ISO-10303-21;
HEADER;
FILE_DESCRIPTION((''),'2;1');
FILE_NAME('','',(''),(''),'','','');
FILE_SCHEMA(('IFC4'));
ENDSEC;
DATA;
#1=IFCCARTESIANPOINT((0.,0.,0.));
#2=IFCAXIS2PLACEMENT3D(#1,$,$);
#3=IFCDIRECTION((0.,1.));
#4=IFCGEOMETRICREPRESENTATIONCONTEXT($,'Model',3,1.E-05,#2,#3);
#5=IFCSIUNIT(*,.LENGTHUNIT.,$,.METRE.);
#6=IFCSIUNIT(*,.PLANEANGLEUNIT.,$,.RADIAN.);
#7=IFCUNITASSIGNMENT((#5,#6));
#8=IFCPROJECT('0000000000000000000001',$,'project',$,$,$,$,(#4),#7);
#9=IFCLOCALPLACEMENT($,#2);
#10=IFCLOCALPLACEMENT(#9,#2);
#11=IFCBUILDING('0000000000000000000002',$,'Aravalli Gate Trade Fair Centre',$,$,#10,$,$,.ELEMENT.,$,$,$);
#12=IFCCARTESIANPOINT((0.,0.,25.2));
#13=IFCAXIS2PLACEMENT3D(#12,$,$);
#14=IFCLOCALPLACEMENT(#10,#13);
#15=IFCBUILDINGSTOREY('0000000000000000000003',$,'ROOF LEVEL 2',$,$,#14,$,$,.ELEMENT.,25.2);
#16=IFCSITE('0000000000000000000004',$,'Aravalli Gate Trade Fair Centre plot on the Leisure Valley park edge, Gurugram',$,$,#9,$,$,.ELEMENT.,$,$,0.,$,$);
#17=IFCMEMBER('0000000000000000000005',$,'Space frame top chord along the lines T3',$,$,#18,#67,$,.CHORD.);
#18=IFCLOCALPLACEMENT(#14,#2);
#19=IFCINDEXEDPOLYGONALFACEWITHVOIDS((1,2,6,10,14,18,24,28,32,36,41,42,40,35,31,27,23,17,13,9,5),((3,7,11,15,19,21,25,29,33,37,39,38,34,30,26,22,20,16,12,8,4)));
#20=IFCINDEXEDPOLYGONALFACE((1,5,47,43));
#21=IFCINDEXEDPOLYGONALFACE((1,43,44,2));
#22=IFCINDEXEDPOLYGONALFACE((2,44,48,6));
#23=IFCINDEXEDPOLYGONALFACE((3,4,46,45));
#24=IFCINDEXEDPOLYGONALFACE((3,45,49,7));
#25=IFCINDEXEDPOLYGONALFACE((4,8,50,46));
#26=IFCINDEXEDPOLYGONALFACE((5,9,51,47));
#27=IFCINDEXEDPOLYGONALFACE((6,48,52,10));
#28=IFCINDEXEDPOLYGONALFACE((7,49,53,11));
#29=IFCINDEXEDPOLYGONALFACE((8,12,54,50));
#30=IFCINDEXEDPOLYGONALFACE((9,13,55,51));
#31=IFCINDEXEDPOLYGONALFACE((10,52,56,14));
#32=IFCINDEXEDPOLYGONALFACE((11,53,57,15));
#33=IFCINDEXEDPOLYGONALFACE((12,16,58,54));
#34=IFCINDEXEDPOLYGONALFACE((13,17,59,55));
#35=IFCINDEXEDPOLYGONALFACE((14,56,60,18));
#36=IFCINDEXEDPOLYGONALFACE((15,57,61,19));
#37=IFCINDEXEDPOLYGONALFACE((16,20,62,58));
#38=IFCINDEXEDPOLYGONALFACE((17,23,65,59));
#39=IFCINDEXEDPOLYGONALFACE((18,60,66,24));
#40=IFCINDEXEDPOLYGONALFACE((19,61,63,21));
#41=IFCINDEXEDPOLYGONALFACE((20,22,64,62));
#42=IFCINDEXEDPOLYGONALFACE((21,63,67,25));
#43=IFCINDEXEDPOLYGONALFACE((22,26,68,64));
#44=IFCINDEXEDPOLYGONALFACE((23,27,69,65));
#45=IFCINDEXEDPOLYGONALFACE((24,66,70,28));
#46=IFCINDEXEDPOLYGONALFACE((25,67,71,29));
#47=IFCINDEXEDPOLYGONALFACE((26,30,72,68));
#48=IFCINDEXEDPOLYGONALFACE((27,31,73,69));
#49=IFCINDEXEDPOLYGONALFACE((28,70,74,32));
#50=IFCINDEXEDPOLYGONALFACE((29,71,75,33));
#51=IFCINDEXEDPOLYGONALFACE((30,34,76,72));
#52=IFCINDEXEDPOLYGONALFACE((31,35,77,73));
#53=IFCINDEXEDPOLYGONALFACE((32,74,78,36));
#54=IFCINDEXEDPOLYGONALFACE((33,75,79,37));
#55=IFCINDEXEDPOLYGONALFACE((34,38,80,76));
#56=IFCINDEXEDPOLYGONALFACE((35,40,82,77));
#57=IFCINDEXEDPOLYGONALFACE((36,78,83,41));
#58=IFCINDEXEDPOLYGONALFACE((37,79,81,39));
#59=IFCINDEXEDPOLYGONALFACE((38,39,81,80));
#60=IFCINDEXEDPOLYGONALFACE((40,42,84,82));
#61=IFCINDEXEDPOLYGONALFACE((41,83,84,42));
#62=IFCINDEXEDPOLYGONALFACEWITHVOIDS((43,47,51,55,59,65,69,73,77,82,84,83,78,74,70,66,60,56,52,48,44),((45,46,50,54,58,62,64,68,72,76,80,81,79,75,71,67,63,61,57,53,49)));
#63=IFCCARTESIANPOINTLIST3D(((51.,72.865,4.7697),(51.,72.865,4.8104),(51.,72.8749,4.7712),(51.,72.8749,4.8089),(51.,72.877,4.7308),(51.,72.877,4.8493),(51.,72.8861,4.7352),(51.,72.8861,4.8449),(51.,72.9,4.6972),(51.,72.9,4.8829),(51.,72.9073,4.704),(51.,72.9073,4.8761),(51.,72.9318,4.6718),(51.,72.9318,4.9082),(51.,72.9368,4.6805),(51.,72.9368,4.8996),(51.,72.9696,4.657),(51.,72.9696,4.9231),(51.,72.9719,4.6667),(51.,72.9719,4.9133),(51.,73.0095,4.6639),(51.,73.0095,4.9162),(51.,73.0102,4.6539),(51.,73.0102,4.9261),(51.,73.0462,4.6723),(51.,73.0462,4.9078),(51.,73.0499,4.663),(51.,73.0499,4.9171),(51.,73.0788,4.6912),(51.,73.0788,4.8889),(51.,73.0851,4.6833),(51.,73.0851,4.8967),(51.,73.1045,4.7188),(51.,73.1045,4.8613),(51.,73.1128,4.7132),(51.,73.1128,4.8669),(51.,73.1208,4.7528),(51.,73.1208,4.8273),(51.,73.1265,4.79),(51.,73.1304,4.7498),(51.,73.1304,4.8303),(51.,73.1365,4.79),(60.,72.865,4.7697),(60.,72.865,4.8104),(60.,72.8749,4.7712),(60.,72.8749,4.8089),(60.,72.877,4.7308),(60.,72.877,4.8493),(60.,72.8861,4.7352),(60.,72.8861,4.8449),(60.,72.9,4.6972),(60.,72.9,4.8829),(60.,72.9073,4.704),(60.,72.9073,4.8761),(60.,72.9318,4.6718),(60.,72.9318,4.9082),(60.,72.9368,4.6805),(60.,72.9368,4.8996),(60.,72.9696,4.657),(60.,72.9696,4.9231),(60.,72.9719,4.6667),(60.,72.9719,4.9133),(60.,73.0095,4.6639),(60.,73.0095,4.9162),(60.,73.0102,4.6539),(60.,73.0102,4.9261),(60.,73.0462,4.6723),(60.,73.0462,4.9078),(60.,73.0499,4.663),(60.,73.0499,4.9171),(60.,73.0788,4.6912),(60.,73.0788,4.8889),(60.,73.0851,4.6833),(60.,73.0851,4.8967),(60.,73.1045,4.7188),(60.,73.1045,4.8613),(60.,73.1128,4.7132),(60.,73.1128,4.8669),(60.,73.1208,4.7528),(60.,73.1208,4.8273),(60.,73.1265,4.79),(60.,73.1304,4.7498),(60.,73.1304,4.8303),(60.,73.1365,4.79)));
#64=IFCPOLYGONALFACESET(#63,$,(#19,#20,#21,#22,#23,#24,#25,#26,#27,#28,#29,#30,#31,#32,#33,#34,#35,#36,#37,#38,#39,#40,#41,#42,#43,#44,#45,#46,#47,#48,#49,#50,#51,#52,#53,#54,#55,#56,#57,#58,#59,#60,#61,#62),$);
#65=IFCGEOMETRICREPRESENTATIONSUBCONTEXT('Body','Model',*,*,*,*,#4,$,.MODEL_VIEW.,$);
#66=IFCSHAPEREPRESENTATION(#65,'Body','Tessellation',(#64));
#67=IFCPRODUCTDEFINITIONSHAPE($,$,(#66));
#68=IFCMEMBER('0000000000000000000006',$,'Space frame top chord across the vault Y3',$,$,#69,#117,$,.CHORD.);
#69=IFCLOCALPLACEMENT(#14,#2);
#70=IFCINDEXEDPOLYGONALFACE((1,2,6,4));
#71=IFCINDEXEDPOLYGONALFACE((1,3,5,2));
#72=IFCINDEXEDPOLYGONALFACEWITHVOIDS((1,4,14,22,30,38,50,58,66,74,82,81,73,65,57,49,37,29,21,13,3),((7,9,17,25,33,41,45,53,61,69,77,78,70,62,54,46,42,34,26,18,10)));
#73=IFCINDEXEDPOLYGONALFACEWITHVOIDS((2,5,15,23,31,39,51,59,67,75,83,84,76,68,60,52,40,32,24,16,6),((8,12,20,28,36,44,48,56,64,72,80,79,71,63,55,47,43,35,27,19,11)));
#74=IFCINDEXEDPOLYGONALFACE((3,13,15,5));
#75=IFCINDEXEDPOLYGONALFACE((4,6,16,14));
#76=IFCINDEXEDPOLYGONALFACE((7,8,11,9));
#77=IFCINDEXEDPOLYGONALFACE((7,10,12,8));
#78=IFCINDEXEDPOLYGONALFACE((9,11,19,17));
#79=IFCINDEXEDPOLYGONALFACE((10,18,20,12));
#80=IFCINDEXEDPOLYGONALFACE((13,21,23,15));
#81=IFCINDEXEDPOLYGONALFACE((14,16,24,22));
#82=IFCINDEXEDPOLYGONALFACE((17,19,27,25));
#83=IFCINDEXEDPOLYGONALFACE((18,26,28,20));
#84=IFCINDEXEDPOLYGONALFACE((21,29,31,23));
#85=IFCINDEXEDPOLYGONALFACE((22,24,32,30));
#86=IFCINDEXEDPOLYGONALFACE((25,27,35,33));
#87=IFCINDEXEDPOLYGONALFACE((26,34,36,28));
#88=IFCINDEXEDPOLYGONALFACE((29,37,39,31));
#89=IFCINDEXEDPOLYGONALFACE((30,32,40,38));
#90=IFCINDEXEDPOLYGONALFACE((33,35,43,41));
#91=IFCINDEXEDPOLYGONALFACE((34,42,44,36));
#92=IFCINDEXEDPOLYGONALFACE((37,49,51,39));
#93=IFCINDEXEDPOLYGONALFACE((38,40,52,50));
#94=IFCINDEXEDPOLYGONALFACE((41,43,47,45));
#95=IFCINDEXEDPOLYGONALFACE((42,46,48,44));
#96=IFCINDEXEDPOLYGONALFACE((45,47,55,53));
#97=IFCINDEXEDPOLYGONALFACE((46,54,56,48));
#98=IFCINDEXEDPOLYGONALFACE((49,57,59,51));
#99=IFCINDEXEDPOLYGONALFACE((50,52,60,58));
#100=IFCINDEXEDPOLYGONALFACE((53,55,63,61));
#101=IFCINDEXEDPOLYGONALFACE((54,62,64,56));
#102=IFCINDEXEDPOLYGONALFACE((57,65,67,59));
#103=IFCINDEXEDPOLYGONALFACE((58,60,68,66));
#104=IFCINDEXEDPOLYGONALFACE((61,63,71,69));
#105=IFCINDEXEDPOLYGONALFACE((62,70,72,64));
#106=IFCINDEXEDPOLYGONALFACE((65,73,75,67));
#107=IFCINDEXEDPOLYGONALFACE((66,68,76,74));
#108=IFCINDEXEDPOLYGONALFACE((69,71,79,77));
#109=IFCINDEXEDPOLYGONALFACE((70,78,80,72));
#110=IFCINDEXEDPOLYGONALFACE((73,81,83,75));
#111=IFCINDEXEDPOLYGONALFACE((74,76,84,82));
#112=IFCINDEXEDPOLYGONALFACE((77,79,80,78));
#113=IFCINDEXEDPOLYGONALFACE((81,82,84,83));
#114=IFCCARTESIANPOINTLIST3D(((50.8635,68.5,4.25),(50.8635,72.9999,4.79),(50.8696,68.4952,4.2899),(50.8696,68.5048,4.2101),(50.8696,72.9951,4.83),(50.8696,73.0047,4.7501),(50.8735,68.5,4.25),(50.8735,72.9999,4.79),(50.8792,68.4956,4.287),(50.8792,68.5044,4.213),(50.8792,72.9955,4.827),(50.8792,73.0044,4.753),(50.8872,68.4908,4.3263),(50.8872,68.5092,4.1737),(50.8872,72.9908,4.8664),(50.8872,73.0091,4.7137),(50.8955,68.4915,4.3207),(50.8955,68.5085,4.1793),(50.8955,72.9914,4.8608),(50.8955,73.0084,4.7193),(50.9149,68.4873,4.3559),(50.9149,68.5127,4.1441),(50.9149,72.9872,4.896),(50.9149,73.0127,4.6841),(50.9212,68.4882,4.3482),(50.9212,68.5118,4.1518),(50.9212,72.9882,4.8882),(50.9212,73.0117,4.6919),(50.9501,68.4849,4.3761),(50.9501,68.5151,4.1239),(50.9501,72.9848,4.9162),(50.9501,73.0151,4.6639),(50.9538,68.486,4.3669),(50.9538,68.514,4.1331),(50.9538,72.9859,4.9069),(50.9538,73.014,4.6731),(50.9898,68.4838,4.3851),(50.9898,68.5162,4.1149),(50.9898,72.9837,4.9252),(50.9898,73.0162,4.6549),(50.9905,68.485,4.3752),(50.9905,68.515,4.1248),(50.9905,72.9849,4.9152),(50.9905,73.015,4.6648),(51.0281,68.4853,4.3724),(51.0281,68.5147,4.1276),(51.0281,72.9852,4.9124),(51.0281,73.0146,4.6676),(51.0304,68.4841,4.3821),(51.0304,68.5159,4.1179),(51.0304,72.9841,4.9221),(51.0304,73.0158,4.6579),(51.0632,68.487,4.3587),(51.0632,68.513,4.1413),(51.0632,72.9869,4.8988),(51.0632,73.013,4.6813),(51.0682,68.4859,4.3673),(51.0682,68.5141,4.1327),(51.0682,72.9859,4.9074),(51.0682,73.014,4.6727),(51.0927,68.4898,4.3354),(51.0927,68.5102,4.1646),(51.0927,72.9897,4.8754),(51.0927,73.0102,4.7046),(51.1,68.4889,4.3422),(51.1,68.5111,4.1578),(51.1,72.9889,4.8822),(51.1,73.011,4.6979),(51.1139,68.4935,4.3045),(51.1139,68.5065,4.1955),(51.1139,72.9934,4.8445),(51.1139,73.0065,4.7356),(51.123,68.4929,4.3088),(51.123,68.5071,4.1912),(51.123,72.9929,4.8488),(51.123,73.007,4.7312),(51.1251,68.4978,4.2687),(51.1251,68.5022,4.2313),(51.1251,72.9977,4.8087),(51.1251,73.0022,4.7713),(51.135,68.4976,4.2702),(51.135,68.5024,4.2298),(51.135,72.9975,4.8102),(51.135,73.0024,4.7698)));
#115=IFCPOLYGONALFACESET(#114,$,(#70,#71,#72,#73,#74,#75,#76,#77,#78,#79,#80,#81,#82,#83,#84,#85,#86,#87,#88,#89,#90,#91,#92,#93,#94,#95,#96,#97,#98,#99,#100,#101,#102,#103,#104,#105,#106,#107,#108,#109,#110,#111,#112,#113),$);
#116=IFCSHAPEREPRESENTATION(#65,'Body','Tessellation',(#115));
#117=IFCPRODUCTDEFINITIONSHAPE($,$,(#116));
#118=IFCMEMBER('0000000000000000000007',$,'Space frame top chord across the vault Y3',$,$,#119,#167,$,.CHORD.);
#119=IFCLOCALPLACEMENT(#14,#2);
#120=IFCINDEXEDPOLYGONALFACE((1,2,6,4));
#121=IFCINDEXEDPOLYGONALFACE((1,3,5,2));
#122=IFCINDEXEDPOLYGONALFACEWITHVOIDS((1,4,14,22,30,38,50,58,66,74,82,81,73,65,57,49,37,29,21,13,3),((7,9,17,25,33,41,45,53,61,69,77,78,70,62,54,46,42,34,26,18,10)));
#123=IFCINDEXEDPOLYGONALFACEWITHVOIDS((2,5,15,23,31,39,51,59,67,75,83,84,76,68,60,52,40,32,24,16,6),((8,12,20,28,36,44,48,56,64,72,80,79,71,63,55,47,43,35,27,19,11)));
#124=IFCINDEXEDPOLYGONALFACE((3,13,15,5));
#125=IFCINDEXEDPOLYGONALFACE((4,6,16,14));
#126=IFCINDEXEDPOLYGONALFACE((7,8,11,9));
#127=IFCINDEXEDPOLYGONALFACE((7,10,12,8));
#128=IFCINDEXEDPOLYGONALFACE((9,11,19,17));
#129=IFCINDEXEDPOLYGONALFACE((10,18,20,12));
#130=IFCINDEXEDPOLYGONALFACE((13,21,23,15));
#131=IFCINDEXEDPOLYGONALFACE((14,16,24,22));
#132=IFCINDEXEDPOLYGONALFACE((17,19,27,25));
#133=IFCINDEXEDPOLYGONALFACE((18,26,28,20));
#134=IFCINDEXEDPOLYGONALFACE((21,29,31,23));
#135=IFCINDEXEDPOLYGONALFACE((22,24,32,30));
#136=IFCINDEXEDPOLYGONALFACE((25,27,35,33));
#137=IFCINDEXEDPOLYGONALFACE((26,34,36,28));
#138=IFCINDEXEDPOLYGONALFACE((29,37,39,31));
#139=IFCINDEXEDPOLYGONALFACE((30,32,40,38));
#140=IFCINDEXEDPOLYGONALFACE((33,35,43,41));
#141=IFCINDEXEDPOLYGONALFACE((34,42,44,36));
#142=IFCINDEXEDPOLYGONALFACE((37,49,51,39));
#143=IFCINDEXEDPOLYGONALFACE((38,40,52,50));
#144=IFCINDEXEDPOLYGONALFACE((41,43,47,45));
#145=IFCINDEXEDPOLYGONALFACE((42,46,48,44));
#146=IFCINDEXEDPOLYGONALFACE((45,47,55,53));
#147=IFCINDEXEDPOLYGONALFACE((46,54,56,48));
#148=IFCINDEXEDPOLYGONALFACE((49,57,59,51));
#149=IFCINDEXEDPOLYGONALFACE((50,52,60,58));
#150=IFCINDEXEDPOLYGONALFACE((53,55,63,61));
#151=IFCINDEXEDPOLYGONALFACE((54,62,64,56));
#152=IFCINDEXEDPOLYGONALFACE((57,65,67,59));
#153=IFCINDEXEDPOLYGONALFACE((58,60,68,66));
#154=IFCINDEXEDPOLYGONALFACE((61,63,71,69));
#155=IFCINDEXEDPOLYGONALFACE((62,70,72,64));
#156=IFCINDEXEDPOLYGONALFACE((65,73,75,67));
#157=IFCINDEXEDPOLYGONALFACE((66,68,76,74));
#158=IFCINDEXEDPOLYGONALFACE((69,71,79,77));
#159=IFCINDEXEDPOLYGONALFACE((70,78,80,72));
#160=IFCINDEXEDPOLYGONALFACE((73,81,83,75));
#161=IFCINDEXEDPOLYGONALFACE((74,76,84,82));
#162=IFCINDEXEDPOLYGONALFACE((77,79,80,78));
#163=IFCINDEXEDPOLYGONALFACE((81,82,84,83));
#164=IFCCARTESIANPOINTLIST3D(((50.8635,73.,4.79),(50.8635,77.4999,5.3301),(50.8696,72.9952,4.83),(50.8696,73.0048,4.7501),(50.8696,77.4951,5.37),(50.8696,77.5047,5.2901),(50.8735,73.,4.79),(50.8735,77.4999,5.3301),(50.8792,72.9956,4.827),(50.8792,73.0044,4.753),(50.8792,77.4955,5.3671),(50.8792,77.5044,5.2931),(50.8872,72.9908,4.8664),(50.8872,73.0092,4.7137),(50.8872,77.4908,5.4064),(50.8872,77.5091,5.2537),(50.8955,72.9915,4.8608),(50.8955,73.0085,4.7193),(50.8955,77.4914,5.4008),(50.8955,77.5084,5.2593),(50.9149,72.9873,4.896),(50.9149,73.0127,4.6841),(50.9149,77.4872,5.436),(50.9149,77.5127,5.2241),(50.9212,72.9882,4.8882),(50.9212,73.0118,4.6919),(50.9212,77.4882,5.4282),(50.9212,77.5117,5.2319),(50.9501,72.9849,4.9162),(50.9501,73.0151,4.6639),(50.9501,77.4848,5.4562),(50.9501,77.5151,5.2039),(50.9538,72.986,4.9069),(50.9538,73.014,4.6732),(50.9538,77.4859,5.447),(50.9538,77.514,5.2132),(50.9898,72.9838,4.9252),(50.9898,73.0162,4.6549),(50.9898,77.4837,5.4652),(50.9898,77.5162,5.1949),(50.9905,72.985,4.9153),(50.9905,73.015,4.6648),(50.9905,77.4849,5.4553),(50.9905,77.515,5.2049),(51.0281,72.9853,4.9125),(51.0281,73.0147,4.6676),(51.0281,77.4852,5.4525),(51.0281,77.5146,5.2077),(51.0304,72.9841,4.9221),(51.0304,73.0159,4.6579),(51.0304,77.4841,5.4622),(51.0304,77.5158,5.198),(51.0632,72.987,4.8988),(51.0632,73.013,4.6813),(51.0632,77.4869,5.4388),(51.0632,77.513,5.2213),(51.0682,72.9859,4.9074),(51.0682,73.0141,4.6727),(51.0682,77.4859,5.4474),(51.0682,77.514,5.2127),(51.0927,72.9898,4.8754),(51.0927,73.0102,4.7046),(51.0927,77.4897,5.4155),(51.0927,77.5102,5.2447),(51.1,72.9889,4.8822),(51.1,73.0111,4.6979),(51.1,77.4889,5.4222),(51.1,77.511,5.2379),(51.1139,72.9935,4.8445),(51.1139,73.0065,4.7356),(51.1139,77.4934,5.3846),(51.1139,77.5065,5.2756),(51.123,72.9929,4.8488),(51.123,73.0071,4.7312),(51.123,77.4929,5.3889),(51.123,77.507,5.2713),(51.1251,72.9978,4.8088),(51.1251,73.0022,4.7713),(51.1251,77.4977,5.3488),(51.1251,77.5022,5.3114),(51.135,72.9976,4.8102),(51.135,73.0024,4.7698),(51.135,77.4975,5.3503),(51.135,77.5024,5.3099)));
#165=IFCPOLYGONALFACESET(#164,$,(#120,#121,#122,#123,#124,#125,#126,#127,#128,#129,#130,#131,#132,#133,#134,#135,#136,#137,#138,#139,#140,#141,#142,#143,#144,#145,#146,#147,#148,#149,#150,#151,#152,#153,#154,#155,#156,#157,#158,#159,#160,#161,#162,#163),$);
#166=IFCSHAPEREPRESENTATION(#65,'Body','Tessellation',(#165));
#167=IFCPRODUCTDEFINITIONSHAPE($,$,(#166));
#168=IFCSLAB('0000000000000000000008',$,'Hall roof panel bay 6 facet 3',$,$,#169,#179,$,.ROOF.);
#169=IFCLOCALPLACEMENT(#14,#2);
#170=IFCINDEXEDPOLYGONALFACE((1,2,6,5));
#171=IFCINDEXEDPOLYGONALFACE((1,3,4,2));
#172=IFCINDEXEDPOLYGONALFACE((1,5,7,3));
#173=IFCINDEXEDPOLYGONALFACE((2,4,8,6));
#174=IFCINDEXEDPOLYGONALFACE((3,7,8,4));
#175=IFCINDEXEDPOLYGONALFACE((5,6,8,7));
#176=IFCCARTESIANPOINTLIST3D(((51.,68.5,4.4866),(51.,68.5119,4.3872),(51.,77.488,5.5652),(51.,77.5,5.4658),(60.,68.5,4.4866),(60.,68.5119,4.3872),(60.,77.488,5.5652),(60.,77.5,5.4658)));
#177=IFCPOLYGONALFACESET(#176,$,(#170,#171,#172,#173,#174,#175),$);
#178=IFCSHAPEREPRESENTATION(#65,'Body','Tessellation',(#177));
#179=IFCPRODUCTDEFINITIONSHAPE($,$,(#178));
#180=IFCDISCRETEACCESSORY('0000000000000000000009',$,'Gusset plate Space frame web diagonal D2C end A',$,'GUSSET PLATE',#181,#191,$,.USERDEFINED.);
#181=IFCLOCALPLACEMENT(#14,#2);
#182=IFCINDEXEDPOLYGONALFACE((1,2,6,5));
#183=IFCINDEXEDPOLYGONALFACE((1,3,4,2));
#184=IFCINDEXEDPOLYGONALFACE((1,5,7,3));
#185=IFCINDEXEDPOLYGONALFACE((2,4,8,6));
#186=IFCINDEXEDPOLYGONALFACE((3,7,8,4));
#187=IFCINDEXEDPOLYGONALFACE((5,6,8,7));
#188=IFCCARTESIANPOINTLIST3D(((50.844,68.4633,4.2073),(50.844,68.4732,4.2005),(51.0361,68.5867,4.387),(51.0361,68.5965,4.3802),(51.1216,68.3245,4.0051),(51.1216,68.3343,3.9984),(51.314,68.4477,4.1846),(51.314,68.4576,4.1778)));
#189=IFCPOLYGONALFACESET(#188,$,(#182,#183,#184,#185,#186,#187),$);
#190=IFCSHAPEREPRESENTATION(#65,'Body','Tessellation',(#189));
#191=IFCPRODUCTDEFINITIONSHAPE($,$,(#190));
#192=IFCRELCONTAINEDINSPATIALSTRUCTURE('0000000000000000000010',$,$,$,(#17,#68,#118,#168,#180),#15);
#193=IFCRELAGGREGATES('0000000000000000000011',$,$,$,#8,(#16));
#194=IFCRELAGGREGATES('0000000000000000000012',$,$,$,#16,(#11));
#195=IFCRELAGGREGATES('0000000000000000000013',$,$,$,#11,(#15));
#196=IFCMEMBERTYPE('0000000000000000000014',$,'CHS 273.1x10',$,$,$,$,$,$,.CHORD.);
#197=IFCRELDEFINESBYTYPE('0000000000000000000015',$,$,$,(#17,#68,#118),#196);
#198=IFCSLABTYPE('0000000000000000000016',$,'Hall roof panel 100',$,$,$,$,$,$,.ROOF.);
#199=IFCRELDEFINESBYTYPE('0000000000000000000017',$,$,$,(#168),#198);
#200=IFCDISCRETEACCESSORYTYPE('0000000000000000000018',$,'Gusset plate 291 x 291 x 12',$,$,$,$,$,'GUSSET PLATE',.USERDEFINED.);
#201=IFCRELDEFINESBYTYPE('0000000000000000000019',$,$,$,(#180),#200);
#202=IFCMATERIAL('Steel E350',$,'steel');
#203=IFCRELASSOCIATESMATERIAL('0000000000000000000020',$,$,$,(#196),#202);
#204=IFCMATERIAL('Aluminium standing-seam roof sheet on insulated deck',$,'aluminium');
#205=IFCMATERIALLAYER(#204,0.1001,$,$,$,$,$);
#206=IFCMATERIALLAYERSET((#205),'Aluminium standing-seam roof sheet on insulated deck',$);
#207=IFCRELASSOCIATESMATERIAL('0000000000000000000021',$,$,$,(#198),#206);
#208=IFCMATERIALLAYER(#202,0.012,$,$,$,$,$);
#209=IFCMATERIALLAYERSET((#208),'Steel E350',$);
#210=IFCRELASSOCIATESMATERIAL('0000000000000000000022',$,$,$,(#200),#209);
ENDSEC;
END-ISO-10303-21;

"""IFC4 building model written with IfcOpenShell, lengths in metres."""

from ifc_helpers import new_model, si_unit, direction, frame, origin, origin_2d, place, context, subcontext, project, spatial, polyline, hollow_circle, outline, extrude, material, layer, layer_set, material_profile, profile_set, type_object, element, save


model = new_model("IFC4")

# Units and contexts
model_context = context("Model", 3, precision=1e-05, world=origin(), true_north=direction((0.0, 1.0)))
body_context = subcontext(model_context, "Body", "Model", "MODEL_VIEW")
ifc_project = project(units=[si_unit("LENGTHUNIT", "METRE"), si_unit("PLANEANGLEUNIT", "RADIAN")], contexts=[model_context])

# Site, building, storey
site_placement = place(None, origin())
site = spatial("IfcSite", under=ifc_project, at=site_placement, Name="Aravalli Gate Trade Fair Centre plot on the Leisure Valley park edge, Gurugram", CompositionType="ELEMENT", RefElevation=0.0)
building_placement = place(site_placement, origin())
building = spatial("IfcBuilding", under=site, at=building_placement, Name="Aravalli Gate Trade Fair Centre", CompositionType="ELEMENT")
storey_placement = place(building_placement, frame((0.0, 0.0, 25.2)))
storey = spatial("IfcBuildingStorey", under=building, at=storey_placement, Name="ROOF LEVEL 2", CompositionType="ELEMENT", Elevation=25.2)

# Members
ifc_material_1 = material(Name="Steel E350", Category="steel")
ifc_material_profile_1 = material_profile(ifc_material_1, hollow_circle(Radius=0.1365, WallThickness=0.01, at=origin_2d()), Name="CHS 273.1x10")
ifc_profile_set_1 = profile_set([ifc_material_profile_1], Name="Steel E350")
member_type_1 = type_object("IfcMemberType", Name="CHS 273.1x10", PredefinedType="CHORD", material=ifc_profile_set_1)
for number, where, z_axis, x_axis, name in (
    (1, (51.0, 73.0, 4.79), (1.0, 0.0, 0.0), (0.0, 1.0, 0.0), "Space frame top chord along the lines T3"),
):
    element("IfcMember", number, at=place(storey_placement, frame(where, z_axis=z_axis, x_axis=x_axis)), inside=storey, type_object=member_type_1, Name=name, PredefinedType="CHORD", context=body_context, shape_type="SweptSolid", body=[
        extrude(hollow_circle(Radius=0.1365, WallThickness=0.01, at=origin_2d()), origin(), (0.0, 0.0, 1.0), 9.0),
    ])
for number, where, z_axis, x_axis, name in (
    (2, (51.0, 68.5, 4.25), (0.0, 0.992876, 0.119154), (-1.0, 0.0, 0.0), "Space frame top chord across the vault Y3"),
    (3, (51.0, 73.0, 4.79), (0.0, 0.992876, 0.119154), (-1.0, 0.0, 0.0), "Space frame top chord across the vault Y3"),
):
    element("IfcMember", number, at=place(storey_placement, frame(where, z_axis=z_axis, x_axis=x_axis)), inside=storey, type_object=member_type_1, Name=name, PredefinedType="CHORD", context=body_context, shape_type="SweptSolid", body=[
        extrude(hollow_circle(Radius=0.1365, WallThickness=0.01, at=origin_2d()), origin(), (0.0, 0.0, 1.0), 4.5322),
    ])

# Slab
ifc_material_2 = material(Name="Aluminium standing-seam roof sheet on insulated deck", Category="aluminium")
ifc_layer_1 = layer(ifc_material_2, 0.1001)
ifc_layer_set_1 = layer_set([ifc_layer_1], Name="Aluminium standing-seam roof sheet on insulated deck")
slab_type = type_object("IfcSlabType", Name="Hall roof panel 100", PredefinedType="ROOF", material=ifc_layer_set_1)
slab_placement = place(storey_placement, frame((51.0, 68.5, 4.4866), z_axis=(0.0, -0.119151, 0.992876), x_axis=(1.0, 0.0, 0.0)))
element("IfcSlab", 4, at=slab_placement, inside=storey, type_object=slab_type, Name="Hall roof panel bay 6 facet 3", PredefinedType="ROOF", context=body_context, shape_type="SweptSolid", body=[
    extrude(outline(polyline([(0.0, 0.0), (9.0, 0.0), (9.0, 9.0525), (0.0, 9.0525), (0.0, 0.0)])), origin(), (0.0, 0.0, -1.0), 0.1001),
])

# Discrete accessory
ifc_layer_2 = layer(ifc_material_1, 0.012)
ifc_layer_set_2 = layer_set([ifc_layer_2], Name="Steel E350")
discrete_accessory_type = type_object("IfcDiscreteAccessoryType", Name="Gusset plate 291 x 291 x 12", ElementType="GUSSET PLATE", PredefinedType="USERDEFINED", material=ifc_layer_set_2)
discrete_accessory_1_placement = place(storey_placement, frame((51.1216, 68.3245, 4.0051), z_axis=(-0.000059, -0.824356, 0.566072), x_axis=(-0.749371, 0.374861, 0.545822)))
element("IfcDiscreteAccessory", 5, at=discrete_accessory_1_placement, inside=storey, type_object=discrete_accessory_type, Name="Gusset plate Space frame web diagonal D2C end A", ObjectType="GUSSET PLATE", PredefinedType="USERDEFINED", context=body_context, shape_type="SweptSolid", body=[
    extrude(outline(polyline([(0.0, 0.0), (0.3704, 0.0), (0.3707, -0.2905), (0.0, -0.2905), (0.0, 0.0)])), origin(), (0.0, 0.0, -1.0), 0.012),
])

save(model, "model.ifc")
